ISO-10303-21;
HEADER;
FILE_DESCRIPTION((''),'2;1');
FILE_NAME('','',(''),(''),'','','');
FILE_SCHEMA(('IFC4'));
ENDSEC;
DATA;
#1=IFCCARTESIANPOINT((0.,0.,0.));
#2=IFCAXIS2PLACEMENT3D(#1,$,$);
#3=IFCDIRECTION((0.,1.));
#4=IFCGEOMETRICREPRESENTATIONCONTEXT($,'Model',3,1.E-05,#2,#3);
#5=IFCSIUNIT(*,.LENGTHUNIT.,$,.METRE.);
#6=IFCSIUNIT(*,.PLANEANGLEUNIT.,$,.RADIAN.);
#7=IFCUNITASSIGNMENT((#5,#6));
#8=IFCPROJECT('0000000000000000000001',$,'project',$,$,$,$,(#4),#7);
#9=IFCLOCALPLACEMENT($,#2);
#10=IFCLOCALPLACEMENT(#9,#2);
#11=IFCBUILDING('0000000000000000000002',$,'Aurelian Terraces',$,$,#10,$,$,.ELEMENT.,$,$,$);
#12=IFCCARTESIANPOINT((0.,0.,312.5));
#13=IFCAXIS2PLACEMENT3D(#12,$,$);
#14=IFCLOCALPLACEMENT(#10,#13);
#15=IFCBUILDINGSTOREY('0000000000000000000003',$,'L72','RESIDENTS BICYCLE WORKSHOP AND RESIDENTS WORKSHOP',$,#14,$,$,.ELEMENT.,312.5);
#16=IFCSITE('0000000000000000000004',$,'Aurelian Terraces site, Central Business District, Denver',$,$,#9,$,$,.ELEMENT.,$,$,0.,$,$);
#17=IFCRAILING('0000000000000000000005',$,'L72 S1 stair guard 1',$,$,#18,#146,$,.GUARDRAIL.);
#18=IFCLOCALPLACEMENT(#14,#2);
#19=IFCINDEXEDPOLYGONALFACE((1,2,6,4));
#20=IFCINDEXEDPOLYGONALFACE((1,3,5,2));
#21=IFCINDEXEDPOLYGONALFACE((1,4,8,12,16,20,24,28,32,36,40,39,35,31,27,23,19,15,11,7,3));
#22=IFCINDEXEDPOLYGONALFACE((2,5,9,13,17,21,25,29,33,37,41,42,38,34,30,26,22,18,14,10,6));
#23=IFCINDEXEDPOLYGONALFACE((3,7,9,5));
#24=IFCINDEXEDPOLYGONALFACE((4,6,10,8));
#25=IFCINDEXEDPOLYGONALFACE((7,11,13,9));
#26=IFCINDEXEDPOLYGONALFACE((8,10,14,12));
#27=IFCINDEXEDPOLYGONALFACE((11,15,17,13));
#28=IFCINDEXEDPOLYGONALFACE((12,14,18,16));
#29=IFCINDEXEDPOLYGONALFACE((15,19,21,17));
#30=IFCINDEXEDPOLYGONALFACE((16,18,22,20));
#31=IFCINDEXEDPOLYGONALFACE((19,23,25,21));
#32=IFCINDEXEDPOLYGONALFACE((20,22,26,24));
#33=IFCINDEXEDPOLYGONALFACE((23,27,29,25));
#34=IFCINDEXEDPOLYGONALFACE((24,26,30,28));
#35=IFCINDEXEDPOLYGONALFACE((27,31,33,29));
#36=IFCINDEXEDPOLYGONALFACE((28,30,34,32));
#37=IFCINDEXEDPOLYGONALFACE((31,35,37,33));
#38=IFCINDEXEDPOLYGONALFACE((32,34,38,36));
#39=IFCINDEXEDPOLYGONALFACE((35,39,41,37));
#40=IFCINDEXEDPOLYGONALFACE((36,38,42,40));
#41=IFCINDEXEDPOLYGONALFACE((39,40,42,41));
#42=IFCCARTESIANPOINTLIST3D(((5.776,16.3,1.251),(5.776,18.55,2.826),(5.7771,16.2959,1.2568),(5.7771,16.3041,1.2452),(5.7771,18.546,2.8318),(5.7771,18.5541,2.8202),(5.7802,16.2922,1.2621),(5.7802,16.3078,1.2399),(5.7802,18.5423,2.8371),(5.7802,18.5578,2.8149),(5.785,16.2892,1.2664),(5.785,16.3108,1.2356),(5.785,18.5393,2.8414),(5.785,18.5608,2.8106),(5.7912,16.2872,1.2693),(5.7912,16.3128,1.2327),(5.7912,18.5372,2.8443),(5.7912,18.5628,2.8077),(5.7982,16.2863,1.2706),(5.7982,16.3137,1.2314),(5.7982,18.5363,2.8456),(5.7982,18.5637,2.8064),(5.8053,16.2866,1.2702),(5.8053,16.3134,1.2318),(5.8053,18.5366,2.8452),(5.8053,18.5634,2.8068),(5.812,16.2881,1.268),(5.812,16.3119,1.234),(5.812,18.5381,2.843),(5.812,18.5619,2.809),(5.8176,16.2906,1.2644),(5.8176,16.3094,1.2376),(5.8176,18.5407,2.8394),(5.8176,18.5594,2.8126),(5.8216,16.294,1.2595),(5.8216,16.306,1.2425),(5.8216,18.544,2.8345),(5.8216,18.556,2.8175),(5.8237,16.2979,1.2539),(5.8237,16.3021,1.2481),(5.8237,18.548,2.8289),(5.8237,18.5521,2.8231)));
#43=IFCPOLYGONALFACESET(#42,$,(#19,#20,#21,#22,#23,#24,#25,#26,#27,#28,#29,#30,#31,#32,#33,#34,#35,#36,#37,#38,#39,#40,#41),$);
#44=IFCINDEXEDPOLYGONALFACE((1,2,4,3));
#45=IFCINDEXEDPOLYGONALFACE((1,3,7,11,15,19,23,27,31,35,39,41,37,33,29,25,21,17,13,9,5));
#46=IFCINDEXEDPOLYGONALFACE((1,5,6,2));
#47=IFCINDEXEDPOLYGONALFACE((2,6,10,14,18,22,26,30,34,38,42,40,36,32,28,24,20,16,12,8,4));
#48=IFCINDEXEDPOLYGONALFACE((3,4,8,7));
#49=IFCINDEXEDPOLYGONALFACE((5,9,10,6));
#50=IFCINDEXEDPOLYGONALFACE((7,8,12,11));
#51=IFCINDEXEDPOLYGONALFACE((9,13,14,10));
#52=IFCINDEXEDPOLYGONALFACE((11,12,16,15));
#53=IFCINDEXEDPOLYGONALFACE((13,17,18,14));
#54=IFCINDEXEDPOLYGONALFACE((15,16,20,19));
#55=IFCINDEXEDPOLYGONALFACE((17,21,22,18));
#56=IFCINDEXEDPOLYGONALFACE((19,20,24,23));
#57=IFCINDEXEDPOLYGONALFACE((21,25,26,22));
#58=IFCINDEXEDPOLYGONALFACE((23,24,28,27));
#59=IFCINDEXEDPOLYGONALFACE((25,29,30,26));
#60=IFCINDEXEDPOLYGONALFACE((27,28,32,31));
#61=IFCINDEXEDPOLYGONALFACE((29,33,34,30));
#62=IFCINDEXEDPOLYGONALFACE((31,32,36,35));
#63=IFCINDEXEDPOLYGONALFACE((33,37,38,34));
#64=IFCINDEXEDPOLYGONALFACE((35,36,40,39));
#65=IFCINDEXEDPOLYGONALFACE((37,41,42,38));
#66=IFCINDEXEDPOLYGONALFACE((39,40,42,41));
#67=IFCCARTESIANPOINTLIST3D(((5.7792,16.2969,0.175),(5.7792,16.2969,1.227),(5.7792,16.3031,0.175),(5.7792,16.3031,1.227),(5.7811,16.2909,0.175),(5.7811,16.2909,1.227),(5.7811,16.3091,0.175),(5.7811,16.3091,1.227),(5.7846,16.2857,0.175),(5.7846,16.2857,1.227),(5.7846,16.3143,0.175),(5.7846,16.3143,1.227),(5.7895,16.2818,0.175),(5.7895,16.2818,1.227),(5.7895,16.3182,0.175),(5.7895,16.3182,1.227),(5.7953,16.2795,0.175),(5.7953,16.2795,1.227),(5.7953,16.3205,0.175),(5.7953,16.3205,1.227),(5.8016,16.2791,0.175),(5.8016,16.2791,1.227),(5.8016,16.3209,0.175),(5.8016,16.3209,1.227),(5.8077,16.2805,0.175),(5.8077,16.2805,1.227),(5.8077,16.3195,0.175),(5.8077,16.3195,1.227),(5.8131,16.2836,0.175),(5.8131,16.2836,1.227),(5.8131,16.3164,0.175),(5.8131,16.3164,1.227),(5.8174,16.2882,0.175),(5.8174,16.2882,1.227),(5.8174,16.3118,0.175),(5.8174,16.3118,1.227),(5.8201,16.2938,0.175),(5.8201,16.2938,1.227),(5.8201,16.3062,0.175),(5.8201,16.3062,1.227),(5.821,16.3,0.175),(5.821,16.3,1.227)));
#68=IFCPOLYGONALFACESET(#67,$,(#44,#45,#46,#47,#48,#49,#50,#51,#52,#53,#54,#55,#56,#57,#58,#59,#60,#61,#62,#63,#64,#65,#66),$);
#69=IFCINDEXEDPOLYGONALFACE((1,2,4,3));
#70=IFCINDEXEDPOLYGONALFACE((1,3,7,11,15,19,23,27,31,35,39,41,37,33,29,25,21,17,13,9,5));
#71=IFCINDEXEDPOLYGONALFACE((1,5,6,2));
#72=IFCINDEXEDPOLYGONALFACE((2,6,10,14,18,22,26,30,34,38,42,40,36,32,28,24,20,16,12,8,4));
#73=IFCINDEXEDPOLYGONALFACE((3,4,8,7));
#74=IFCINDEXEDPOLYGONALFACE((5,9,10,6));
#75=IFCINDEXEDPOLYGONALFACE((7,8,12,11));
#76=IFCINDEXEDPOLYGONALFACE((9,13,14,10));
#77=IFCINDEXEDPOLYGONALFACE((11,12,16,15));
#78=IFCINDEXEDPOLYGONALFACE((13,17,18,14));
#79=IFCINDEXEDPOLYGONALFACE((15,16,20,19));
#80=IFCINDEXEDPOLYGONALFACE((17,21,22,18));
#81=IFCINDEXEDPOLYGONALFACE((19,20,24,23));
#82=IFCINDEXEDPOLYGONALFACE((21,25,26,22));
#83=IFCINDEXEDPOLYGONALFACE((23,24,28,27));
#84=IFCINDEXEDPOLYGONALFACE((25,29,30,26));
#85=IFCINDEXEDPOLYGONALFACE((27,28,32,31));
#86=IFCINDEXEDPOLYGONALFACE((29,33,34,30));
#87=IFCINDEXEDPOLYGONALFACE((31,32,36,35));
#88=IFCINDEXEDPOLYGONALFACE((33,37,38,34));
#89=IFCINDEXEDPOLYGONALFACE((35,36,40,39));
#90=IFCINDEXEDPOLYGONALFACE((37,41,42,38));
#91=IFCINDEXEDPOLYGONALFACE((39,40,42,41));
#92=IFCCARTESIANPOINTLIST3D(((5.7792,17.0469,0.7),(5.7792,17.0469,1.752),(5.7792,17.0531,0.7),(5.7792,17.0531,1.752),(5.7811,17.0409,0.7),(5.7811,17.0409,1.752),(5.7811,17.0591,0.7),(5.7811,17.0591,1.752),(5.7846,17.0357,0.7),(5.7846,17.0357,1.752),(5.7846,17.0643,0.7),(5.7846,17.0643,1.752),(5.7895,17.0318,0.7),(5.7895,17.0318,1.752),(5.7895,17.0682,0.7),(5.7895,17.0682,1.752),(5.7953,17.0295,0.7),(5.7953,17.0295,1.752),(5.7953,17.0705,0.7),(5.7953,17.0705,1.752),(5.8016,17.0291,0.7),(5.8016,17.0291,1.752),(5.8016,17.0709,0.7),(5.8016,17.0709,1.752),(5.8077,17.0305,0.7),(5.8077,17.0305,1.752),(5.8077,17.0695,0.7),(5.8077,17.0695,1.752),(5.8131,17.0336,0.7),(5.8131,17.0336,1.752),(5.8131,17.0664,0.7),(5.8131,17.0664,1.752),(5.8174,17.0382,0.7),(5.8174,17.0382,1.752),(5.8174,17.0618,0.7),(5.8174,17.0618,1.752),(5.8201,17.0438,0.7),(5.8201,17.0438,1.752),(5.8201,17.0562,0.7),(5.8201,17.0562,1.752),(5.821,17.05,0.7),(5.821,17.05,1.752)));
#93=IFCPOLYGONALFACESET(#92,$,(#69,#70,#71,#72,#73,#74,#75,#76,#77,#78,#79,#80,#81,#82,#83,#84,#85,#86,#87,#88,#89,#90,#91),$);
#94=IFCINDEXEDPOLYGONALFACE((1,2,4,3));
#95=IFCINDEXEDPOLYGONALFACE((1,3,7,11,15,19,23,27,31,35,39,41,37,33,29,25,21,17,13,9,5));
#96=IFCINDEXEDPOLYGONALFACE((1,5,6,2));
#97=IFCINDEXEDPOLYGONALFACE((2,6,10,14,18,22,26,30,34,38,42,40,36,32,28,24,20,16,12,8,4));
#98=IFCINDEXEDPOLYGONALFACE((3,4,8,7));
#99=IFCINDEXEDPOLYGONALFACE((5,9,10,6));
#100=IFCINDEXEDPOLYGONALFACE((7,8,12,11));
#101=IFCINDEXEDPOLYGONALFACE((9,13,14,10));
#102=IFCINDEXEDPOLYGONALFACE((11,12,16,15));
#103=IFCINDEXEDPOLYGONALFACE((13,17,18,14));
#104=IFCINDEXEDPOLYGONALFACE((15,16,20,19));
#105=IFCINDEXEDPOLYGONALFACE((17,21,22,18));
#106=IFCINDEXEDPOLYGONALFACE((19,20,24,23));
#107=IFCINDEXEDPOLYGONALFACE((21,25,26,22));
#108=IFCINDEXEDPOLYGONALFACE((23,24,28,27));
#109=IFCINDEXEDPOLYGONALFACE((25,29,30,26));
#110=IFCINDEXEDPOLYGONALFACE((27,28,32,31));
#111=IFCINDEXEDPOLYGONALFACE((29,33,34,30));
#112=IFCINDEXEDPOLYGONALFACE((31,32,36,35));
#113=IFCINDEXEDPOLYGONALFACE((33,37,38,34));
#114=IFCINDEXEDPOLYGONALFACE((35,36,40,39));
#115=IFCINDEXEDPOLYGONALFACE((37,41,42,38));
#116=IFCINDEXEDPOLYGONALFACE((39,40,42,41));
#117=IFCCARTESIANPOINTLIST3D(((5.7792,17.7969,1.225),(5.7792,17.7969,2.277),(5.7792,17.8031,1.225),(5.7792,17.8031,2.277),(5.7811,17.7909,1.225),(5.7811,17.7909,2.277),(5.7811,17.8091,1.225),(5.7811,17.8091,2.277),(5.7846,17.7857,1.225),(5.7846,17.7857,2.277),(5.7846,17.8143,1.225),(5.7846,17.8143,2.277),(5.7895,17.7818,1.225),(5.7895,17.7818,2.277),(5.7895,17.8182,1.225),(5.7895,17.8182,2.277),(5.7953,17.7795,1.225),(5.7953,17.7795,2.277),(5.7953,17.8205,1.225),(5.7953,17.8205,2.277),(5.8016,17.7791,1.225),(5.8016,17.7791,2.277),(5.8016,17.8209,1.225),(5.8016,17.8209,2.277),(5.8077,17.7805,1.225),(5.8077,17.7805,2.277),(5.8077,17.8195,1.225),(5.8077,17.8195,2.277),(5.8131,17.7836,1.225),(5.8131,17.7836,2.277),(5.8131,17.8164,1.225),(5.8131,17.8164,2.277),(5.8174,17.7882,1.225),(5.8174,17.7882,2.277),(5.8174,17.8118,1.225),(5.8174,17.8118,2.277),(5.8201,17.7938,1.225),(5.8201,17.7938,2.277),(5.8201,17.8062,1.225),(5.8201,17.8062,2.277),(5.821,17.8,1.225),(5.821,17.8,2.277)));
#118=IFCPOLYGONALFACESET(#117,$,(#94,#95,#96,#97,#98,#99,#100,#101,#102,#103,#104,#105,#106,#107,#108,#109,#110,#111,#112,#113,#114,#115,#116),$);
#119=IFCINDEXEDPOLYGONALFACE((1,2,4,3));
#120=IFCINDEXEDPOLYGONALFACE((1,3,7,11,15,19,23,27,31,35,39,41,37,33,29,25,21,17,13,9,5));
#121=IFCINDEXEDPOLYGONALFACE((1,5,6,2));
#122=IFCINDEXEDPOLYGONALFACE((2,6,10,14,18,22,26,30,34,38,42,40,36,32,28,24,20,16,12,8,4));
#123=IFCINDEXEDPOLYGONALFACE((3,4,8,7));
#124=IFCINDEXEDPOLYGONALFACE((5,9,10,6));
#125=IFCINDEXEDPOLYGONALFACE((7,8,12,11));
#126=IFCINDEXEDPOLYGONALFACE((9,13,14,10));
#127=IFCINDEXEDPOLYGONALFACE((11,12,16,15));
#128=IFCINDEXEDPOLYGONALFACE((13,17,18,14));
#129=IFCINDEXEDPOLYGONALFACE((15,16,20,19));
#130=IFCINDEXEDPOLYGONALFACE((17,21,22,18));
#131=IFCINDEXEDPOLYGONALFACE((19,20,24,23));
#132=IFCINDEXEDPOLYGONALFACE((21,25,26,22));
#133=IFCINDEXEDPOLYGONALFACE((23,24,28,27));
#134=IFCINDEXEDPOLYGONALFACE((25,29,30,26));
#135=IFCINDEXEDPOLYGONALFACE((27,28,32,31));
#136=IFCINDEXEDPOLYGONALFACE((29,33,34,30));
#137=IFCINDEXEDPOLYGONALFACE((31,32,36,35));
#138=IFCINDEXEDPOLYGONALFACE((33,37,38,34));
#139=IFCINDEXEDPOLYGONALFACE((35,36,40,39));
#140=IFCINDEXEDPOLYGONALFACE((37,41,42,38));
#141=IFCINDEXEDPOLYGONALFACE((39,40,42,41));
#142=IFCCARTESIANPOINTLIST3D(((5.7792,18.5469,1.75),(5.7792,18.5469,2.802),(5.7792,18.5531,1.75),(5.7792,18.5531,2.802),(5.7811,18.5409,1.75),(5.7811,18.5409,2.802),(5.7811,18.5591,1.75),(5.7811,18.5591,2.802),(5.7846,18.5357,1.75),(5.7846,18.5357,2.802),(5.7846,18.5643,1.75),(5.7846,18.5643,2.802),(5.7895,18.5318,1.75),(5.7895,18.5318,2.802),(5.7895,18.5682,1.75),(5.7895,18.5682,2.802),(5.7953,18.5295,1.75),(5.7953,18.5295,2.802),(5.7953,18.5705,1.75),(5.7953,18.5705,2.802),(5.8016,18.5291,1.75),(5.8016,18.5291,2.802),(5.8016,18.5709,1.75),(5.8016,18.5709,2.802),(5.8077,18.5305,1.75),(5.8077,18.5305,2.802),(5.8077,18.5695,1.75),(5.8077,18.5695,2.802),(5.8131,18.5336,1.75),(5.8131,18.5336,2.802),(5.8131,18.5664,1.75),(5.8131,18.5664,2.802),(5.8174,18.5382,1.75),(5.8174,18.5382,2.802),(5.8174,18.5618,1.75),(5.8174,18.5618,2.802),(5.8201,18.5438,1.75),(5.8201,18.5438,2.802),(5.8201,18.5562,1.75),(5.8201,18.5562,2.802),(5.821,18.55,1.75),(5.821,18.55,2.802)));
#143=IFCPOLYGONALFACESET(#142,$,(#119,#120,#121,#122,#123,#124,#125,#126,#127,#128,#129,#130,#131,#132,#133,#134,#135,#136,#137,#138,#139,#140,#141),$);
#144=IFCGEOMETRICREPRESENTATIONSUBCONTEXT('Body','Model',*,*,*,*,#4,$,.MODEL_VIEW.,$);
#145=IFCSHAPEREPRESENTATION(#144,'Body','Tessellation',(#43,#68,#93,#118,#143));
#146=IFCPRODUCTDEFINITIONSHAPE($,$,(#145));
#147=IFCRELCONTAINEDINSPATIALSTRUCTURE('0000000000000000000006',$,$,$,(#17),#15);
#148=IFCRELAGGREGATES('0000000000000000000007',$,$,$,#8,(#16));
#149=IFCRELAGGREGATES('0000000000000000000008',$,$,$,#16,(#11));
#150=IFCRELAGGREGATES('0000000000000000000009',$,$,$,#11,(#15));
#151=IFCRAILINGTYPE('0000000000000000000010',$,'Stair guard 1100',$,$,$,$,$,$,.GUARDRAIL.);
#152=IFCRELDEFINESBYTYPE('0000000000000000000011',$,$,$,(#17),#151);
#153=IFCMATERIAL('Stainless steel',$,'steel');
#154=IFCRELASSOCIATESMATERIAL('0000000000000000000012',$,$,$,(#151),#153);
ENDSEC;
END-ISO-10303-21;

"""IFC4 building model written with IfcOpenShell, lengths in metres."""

from ifc_helpers import new_model, si_unit, direction, frame, origin, origin_2d, place, context, subcontext, project, spatial, circle, extrude, source, transform, mapped, material, type_object, element, save


model = new_model("IFC4")

# Units and contexts
model_context = context("Model", 3, precision=1e-05, world=origin(), true_north=direction((0.0, 1.0)))
body_context = subcontext(model_context, "Body", "Model", "MODEL_VIEW")
ifc_project = project(units=[si_unit("LENGTHUNIT", "METRE"), si_unit("PLANEANGLEUNIT", "RADIAN")], contexts=[model_context])

# Site, building, storey
site_placement = place(None, origin())
site = spatial("IfcSite", under=ifc_project, at=site_placement, Name="Aurelian Terraces site, Central Business District, Denver", CompositionType="ELEMENT", RefElevation=0.0)
building_placement = place(site_placement, origin())
building = spatial("IfcBuilding", under=site, at=building_placement, Name="Aurelian Terraces", CompositionType="ELEMENT")
storey_placement = place(building_placement, frame((0.0, 0.0, 312.5)))
storey = spatial("IfcBuildingStorey", under=building, at=storey_placement, Name="L72", Description="RESIDENTS BICYCLE WORKSHOP AND RESIDENTS WORKSHOP", CompositionType="ELEMENT", Elevation=312.5)

# Railing
ifc_material_1 = material(Name="Stainless steel", Category="steel")
railing_type_1 = type_object("IfcRailingType", Name="Stair guard 1100", PredefinedType="GUARDRAIL", material=ifc_material_1)
shared_shape_1 = source(origin(), body_context, "Body", "SweptSolid", [
    extrude(circle(Radius=0.024, at=origin_2d()), frame((0.0, 0.0, 1.076), z_axis=(0.0, 0.819232, 0.573462), x_axis=(-1.0, 0.0, 0.0)), (0.0, 0.0, 1.0), 2.7465),
    extrude(circle(Radius=0.021, at=origin_2d()), origin(), (0.0, 0.0, 1.0), 1.052),
    extrude(circle(Radius=0.021, at=origin_2d()), frame((0.0, 0.75, 0.525)), (0.0, 0.0, 1.0), 1.052),
    extrude(circle(Radius=0.021, at=origin_2d()), frame((0.0, 1.5, 1.05)), (0.0, 0.0, 1.0), 1.052),
    extrude(circle(Radius=0.021, at=origin_2d()), frame((0.0, 2.25, 1.575)), (0.0, 0.0, 1.0), 1.052),
])
railing_1_placement = place(storey_placement, frame((5.8, 16.3, 0.175)))
element("IfcRailing", 1, at=railing_1_placement, inside=storey, type_object=railing_type_1, Name="L72 S1 stair guard 1", PredefinedType="GUARDRAIL", context=body_context, shape_type="MappedRepresentation", body=[
    mapped(shared_shape_1, transform((0.0, 0.0, 0.0), scale=1.0)),
])

save(model, "model.ifc")
